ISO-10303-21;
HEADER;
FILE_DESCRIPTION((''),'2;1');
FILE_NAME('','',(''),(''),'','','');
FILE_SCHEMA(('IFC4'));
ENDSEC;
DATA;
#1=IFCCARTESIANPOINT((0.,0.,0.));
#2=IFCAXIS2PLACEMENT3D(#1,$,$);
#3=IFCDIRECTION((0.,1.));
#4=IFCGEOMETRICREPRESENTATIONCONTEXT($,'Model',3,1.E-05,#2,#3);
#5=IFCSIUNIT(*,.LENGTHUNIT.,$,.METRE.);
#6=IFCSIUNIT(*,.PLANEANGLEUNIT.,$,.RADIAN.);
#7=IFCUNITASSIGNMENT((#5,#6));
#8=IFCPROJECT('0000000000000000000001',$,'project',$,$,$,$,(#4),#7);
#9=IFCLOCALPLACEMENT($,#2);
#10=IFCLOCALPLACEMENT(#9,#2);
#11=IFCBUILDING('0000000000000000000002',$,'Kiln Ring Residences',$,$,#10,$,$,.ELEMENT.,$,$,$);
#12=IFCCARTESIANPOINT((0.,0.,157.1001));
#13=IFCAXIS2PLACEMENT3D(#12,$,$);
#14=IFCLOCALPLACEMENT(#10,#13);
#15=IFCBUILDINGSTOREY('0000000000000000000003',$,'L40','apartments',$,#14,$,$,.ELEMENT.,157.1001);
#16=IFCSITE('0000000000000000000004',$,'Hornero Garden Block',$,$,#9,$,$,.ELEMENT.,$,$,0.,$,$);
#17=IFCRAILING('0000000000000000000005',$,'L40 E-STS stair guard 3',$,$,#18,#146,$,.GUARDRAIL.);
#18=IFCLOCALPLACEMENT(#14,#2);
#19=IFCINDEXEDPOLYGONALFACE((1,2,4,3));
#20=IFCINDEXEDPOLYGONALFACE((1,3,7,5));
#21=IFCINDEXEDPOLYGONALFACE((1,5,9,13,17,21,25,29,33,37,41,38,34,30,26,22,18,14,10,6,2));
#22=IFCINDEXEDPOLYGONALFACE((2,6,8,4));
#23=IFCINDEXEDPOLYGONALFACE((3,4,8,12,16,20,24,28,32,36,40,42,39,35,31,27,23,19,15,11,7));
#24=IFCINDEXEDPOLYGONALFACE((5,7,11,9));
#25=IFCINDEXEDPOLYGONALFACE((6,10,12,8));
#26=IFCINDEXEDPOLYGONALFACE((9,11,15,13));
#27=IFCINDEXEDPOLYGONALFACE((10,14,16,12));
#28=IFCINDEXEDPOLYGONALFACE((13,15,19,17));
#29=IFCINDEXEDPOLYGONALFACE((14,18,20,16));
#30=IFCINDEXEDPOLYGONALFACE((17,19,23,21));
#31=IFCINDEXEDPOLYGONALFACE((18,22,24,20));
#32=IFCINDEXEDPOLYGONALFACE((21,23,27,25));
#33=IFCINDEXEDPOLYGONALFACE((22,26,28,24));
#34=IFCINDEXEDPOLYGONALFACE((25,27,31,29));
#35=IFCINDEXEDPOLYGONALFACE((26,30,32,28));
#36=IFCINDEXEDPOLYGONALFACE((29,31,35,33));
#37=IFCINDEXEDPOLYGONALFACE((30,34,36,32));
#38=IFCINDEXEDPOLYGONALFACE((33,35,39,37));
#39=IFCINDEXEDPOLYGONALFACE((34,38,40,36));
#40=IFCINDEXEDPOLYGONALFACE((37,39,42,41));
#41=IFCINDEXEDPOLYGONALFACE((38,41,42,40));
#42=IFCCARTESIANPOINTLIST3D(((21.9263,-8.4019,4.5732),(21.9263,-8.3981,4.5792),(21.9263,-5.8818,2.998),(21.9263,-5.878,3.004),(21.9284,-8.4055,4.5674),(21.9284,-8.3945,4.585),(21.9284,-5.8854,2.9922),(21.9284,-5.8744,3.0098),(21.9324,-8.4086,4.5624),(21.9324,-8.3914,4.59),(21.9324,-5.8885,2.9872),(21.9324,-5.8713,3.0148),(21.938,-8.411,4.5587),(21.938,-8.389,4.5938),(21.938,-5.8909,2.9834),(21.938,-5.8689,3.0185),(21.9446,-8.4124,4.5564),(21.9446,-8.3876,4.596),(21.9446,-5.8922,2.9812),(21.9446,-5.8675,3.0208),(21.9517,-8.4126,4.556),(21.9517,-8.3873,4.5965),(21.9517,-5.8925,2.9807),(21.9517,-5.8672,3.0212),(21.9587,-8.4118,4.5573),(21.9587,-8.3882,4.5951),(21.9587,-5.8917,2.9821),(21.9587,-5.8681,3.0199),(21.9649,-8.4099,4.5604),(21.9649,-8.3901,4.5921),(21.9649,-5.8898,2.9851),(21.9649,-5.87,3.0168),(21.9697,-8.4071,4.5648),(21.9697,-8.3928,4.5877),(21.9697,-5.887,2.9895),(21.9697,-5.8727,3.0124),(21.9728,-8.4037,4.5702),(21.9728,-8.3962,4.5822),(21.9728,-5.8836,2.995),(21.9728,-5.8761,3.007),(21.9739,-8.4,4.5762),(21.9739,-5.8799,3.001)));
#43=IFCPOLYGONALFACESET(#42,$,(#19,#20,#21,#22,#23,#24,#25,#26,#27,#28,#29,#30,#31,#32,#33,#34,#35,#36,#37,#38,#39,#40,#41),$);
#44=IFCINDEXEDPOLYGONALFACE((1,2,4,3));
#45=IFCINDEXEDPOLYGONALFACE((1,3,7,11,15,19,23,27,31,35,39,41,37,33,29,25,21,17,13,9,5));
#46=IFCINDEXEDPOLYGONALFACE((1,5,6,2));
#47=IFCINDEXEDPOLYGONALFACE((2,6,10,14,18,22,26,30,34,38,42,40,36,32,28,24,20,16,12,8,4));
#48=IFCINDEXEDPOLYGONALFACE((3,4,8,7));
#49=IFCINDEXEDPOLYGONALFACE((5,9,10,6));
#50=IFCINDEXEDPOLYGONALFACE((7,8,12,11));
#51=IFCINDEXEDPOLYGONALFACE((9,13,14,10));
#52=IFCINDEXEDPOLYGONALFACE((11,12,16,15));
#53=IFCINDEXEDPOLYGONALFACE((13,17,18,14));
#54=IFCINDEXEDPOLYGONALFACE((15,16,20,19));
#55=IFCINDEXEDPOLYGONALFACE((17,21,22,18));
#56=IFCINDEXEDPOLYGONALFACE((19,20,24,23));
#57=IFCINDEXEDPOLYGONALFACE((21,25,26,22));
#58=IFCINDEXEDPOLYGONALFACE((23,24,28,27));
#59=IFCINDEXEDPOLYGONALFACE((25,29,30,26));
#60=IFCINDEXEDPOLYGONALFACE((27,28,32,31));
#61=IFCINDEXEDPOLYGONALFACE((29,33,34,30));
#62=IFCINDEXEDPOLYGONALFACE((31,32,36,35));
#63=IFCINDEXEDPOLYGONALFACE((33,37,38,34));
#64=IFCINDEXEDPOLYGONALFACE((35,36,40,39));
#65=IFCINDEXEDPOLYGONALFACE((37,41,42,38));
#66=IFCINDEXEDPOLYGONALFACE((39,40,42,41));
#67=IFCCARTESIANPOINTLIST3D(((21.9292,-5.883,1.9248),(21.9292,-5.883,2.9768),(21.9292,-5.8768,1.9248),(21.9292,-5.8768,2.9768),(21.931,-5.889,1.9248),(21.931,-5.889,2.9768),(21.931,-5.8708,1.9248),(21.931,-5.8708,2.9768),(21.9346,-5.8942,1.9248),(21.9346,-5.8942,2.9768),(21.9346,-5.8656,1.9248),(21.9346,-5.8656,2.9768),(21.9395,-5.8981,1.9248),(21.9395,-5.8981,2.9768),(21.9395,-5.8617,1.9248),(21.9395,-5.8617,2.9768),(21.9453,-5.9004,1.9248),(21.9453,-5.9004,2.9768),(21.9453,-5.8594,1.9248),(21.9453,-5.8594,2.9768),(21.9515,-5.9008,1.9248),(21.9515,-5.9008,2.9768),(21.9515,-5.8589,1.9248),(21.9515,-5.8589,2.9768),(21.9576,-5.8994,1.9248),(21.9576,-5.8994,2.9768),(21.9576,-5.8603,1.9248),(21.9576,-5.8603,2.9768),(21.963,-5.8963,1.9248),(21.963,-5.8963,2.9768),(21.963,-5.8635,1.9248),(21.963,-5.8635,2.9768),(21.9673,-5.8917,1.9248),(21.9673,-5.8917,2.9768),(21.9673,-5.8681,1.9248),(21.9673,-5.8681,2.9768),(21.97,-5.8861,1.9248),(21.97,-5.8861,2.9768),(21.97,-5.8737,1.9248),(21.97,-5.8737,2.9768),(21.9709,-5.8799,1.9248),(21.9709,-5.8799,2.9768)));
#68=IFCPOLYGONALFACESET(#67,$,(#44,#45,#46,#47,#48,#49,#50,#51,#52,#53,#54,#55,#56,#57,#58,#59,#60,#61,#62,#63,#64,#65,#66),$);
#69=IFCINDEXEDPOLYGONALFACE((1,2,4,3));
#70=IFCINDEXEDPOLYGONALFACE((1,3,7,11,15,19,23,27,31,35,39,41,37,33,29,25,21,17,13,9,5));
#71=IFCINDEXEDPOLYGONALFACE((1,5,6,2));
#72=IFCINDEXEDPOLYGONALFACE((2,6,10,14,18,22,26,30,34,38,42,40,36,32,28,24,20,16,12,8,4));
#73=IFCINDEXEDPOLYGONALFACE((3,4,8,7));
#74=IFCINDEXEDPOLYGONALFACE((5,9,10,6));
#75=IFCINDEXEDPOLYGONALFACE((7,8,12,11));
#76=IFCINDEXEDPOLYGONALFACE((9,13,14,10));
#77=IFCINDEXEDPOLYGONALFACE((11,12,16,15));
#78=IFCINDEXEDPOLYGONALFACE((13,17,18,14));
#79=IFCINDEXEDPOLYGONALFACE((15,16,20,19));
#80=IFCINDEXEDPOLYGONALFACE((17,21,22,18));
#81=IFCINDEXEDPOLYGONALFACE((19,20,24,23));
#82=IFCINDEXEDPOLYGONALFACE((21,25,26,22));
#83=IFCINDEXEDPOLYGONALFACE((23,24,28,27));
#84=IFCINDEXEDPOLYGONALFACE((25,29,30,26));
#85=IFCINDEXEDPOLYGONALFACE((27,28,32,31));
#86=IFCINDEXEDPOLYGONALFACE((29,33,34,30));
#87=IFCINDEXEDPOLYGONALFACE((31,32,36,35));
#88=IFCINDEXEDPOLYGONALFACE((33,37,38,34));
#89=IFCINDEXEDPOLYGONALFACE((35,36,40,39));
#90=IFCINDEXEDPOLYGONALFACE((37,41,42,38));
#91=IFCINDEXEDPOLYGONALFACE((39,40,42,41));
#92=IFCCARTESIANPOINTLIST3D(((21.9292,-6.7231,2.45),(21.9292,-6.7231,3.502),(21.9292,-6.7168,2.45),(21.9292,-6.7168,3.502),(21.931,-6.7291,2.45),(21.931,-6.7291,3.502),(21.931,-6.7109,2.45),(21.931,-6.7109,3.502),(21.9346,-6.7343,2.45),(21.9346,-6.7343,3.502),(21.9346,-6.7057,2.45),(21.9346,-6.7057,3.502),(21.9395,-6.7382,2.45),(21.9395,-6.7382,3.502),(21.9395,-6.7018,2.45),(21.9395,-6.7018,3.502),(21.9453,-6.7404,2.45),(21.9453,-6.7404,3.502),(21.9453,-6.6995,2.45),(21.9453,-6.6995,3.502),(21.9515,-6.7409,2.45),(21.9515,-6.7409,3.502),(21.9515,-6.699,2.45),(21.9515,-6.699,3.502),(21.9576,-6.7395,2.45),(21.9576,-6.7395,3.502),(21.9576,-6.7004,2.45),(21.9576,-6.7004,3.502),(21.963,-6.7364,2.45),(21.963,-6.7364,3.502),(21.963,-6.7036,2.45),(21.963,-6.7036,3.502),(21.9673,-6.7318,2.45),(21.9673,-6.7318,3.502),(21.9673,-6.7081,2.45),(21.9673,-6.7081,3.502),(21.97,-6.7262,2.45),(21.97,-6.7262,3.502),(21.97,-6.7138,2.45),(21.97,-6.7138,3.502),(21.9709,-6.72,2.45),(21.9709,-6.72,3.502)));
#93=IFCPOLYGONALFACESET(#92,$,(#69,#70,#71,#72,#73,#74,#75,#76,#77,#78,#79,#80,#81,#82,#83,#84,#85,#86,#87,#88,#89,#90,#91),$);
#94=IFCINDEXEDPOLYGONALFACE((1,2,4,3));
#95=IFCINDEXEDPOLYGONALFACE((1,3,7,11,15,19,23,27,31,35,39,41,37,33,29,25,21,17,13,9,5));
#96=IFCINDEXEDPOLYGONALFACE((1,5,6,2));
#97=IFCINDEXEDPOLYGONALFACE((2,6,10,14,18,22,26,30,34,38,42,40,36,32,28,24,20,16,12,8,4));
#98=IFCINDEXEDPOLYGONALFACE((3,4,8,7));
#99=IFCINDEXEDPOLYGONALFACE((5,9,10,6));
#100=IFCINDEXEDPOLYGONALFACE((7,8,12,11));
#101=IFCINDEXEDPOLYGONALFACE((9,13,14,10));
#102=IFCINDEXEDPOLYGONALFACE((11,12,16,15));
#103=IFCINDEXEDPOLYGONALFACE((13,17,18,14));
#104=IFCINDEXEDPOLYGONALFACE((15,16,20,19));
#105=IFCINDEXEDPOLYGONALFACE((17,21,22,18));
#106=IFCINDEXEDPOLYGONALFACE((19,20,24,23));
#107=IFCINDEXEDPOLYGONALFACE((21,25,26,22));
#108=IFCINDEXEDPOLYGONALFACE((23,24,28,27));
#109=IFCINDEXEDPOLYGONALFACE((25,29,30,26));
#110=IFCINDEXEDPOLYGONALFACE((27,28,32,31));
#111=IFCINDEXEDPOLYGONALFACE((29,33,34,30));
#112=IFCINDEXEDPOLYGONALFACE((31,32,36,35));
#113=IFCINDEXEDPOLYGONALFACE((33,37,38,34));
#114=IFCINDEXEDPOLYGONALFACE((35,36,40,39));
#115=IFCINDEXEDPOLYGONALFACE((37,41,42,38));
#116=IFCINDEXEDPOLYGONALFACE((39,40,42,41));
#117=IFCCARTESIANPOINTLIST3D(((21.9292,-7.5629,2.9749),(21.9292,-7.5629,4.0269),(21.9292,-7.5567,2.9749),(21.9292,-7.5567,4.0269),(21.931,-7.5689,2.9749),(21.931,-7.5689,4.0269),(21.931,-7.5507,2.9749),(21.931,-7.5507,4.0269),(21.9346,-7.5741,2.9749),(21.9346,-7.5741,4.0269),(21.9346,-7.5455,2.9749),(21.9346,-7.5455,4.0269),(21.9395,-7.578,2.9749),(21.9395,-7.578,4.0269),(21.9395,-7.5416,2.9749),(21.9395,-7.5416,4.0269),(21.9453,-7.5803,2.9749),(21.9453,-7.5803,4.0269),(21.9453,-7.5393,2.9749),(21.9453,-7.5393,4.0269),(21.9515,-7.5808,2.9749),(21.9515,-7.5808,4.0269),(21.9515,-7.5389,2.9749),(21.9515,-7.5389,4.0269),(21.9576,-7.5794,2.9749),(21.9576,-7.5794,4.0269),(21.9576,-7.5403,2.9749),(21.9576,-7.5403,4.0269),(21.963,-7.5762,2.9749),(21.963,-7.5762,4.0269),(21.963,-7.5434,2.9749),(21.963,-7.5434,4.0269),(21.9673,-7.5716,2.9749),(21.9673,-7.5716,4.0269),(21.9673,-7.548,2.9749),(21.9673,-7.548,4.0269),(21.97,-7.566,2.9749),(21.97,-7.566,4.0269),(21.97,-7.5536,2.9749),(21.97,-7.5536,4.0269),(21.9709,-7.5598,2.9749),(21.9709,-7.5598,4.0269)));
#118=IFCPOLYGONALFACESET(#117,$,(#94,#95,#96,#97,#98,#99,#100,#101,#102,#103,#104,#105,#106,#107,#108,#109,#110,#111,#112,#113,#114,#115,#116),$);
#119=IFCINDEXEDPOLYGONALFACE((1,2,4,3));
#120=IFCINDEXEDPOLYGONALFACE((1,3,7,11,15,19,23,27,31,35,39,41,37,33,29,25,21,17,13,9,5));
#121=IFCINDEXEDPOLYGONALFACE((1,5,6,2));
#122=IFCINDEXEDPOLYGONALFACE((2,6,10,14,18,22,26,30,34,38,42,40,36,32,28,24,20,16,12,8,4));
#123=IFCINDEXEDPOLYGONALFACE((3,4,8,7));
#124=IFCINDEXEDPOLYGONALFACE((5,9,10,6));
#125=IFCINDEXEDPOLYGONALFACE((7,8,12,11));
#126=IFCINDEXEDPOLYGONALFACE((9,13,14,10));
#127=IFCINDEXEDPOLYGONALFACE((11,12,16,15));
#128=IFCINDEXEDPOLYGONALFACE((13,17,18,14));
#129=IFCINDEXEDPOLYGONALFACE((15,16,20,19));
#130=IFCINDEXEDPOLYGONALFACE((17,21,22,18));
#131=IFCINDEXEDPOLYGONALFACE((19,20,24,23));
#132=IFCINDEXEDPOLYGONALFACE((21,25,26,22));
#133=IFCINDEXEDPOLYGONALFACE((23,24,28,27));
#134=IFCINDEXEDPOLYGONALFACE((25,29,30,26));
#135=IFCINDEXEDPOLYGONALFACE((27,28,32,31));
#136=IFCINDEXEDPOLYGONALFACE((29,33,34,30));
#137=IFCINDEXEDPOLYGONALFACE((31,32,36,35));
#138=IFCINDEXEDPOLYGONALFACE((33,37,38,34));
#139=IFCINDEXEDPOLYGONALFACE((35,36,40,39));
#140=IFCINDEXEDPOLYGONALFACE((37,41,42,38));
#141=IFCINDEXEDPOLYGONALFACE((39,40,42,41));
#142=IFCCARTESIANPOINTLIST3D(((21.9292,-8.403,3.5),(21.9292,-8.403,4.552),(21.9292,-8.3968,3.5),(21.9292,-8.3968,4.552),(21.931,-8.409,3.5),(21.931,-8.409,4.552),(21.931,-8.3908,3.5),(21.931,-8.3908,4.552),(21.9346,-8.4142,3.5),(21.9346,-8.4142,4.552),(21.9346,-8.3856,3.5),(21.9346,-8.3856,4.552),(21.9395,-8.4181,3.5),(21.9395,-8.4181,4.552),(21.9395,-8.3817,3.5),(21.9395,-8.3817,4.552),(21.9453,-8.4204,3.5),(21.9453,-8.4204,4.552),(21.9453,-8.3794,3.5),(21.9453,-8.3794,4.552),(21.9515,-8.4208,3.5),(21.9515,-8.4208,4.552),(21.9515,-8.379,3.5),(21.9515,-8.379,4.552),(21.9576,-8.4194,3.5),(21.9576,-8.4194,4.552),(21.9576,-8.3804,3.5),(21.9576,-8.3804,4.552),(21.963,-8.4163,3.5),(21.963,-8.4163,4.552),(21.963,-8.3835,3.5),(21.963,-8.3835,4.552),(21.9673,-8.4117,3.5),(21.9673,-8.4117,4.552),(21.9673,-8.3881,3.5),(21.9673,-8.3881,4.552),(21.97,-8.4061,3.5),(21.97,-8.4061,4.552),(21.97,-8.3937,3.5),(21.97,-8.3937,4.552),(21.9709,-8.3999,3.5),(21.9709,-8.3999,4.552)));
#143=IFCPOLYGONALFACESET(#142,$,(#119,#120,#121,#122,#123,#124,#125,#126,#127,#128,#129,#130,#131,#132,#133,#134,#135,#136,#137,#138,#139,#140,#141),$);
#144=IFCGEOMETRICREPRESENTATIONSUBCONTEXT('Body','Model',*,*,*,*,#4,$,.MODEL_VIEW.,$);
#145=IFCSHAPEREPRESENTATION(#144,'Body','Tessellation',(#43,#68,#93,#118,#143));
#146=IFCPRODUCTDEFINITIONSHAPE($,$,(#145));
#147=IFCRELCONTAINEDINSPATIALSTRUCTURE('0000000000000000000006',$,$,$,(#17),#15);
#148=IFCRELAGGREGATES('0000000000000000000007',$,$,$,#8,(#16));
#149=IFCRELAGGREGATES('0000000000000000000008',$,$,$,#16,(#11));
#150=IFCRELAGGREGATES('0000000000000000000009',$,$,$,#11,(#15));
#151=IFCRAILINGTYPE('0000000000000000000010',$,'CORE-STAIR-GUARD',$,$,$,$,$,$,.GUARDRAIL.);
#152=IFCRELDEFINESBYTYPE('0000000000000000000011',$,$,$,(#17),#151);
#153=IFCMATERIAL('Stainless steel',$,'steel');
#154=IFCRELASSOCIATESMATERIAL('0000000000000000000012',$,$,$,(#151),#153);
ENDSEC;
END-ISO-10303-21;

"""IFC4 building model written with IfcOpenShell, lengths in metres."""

from ifc_helpers import new_model, si_unit, direction, frame, origin, origin_2d, place, context, subcontext, project, spatial, circle, extrude, material, type_object, element, save


model = new_model("IFC4")

# Units and contexts
model_context = context("Model", 3, precision=1e-05, world=origin(), true_north=direction((0.0, 1.0)))
body_context = subcontext(model_context, "Body", "Model", "MODEL_VIEW")
ifc_project = project(units=[si_unit("LENGTHUNIT", "METRE"), si_unit("PLANEANGLEUNIT", "RADIAN")], contexts=[model_context])

# Site, building, storey
site_placement = place(None, origin())
site = spatial("IfcSite", under=ifc_project, at=site_placement, Name="Hornero Garden Block", CompositionType="ELEMENT", RefElevation=0.0)
building_placement = place(site_placement, origin())
building = spatial("IfcBuilding", under=site, at=building_placement, Name="Kiln Ring Residences", CompositionType="ELEMENT")
storey_placement = place(building_placement, frame((0.0, 0.0, 157.1001)))
storey = spatial("IfcBuildingStorey", under=building, at=storey_placement, Name="L40", Description="apartments", CompositionType="ELEMENT", Elevation=157.1001)

# Railing
ifc_material_1 = material(Name="Stainless steel", Category="steel")
railing_type_1 = type_object("IfcRailingType", Name="CORE-STAIR-GUARD", PredefinedType="GUARDRAIL", material=ifc_material_1)
railing_1_placement = place(storey_placement, frame((21.95, -5.8799, 1.9248)))
element("IfcRailing", 1, at=railing_1_placement, inside=storey, type_object=railing_type_1, Name="L40 E-STS stair guard 3", PredefinedType="GUARDRAIL", context=body_context, shape_type="SweptSolid", body=[
    extrude(circle(Radius=0.0239, at=origin_2d()), frame((0.0, 0.0, 1.0762), z_axis=(0.0, -0.847971, 0.530043), x_axis=(1.0, 0.0, 0.0)), (0.0, 0.0, 1.0), 2.9719),
    extrude(circle(Radius=0.021, at=origin_2d()), origin(), (0.0, 0.0, 1.0), 1.052),
    extrude(circle(Radius=0.021, at=origin_2d()), frame((0.0, -0.8401, 0.5251)), (0.0, 0.0, 1.0), 1.052),
    extrude(circle(Radius=0.021, at=origin_2d()), frame((0.0, -1.6799, 1.05)), (0.0, 0.0, 1.0), 1.052),
    extrude(circle(Radius=0.021, at=origin_2d()), frame((0.0, -2.52, 1.5752)), (0.0, 0.0, 1.0), 1.052),
])

save(model, "model.ifc")
